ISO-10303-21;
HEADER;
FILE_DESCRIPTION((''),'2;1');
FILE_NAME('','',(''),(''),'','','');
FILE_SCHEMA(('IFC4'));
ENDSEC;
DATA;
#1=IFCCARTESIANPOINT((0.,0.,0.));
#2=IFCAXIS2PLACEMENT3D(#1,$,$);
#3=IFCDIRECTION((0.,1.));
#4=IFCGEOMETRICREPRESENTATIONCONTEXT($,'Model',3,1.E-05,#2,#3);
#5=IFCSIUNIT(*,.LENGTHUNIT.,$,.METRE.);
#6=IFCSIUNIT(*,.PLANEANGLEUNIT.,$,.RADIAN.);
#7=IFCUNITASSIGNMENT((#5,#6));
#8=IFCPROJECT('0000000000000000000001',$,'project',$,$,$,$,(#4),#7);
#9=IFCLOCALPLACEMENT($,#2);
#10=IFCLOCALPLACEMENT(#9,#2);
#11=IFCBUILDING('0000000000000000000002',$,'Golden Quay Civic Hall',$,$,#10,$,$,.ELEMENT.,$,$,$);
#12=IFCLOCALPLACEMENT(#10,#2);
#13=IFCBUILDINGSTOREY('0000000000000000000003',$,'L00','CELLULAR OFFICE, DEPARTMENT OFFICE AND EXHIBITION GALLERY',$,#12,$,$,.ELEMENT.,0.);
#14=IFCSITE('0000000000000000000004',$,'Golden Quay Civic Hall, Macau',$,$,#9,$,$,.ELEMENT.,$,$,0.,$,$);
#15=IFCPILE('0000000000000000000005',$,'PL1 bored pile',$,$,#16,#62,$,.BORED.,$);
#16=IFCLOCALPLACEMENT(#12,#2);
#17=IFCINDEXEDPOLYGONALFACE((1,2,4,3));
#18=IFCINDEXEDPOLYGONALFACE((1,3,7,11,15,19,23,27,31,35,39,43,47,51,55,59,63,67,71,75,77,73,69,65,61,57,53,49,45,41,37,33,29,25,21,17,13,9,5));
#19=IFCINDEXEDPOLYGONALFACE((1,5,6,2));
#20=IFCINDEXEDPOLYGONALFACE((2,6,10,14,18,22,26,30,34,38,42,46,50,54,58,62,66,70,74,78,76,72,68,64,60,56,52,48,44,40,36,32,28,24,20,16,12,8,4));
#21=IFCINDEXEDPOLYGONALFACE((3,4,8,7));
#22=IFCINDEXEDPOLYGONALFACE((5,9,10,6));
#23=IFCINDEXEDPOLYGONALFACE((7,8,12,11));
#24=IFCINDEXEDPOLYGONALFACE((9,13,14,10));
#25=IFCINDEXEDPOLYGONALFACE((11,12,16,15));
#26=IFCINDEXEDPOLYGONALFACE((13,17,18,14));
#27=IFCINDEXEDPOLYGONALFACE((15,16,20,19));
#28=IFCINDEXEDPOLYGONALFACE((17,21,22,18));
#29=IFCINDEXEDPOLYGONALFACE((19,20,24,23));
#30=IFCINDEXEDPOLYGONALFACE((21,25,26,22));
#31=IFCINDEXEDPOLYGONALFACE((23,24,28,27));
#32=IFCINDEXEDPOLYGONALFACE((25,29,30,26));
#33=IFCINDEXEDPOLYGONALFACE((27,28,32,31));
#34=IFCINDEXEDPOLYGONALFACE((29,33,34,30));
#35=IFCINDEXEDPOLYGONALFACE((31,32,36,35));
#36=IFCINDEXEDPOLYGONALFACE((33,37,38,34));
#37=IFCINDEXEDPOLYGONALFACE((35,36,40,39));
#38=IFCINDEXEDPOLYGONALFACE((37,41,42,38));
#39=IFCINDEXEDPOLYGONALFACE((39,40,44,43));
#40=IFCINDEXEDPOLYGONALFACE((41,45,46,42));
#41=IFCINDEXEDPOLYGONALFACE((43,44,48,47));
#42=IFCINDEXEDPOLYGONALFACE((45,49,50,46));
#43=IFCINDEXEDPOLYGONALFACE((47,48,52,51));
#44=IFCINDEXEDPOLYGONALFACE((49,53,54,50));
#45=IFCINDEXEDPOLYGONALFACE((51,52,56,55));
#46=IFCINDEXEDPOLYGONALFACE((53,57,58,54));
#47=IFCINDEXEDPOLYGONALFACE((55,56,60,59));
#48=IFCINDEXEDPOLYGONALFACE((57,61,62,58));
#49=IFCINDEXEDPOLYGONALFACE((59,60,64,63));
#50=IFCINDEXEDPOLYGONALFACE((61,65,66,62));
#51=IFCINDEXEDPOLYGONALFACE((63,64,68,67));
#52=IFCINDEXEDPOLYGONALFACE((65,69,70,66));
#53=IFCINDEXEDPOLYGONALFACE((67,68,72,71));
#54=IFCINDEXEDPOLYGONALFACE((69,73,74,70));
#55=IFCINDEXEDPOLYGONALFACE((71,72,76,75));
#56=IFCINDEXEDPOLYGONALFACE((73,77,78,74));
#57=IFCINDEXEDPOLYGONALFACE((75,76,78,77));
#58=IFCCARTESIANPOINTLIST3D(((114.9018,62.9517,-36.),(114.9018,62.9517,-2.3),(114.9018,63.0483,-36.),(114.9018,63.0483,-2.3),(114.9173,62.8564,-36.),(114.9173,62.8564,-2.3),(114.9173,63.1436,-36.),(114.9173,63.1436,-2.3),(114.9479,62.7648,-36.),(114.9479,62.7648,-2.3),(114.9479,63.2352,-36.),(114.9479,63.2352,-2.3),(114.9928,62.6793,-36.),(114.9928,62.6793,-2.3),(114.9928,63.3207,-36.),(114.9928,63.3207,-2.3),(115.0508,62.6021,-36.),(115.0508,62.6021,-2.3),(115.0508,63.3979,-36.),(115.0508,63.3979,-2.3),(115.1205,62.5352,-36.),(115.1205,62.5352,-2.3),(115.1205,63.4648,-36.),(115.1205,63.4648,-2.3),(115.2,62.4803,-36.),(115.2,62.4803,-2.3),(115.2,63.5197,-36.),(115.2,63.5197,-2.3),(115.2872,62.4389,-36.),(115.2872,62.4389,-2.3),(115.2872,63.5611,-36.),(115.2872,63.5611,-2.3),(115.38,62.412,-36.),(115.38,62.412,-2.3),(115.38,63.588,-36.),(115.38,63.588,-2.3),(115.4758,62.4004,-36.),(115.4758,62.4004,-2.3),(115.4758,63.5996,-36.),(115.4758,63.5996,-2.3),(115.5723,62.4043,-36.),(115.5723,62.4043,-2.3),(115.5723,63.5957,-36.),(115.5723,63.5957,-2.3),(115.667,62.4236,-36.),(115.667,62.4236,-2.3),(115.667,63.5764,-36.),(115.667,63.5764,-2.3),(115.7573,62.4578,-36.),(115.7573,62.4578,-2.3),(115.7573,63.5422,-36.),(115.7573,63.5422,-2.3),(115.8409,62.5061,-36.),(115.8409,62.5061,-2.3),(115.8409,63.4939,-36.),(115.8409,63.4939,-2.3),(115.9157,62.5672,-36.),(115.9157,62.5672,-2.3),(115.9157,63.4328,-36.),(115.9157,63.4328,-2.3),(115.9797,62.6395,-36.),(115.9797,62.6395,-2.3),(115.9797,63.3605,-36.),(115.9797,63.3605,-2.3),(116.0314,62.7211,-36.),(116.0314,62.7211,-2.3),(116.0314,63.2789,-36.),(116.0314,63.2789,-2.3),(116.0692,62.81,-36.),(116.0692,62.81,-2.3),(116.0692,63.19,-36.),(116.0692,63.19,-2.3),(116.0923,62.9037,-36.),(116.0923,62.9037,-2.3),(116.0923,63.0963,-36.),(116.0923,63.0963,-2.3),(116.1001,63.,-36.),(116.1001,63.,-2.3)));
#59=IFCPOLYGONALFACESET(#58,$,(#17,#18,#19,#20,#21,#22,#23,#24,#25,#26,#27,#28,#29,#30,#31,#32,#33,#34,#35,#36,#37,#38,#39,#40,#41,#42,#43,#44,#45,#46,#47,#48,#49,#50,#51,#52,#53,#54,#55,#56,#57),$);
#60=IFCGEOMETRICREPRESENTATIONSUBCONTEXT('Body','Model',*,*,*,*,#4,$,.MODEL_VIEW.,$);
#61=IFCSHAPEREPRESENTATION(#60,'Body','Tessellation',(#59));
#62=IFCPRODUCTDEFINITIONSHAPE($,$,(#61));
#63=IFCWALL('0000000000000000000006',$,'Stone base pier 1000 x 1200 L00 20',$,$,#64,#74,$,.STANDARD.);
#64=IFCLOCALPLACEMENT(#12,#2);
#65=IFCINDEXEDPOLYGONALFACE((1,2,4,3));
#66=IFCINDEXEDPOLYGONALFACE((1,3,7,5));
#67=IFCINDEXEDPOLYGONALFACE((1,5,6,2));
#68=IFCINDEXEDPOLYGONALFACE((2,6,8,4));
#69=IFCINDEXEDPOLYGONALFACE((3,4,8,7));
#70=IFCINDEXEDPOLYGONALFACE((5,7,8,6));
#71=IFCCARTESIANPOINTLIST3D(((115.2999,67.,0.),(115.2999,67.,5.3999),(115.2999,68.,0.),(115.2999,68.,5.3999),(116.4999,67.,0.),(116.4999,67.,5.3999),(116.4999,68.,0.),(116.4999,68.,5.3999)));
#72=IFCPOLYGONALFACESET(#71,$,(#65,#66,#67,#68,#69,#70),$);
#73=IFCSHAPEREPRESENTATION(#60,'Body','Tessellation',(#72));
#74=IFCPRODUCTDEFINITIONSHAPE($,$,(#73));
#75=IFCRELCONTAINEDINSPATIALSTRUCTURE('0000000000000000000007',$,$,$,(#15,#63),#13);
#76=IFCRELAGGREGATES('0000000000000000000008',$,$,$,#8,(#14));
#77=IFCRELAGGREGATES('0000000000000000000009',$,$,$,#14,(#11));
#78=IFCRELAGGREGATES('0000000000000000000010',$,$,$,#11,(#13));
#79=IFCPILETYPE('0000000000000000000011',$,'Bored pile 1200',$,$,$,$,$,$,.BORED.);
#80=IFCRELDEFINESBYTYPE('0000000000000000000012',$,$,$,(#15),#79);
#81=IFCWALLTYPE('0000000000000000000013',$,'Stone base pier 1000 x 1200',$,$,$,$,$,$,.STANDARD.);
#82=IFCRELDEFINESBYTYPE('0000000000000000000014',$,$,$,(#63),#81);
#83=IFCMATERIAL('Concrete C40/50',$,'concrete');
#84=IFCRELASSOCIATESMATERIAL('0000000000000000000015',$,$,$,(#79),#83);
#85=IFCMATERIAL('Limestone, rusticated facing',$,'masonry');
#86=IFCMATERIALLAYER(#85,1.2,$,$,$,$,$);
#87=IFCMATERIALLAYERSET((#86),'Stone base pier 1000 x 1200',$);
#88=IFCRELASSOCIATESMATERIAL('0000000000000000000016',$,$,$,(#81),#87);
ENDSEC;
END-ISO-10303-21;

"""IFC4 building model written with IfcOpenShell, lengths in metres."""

from ifc_helpers import new_model, si_unit, direction, frame, frame_2d, origin, origin_2d, place, context, subcontext, project, spatial, rectangle, circle, extrude, material, layer, layer_set, material_profile, profile_set, type_object, element, save


model = new_model("IFC4")

# Units and contexts
model_context = context("Model", 3, precision=1e-05, world=origin(), true_north=direction((0.0, 1.0)))
body_context = subcontext(model_context, "Body", "Model", "MODEL_VIEW")
ifc_project = project(units=[si_unit("LENGTHUNIT", "METRE"), si_unit("PLANEANGLEUNIT", "RADIAN")], contexts=[model_context])

# Site, building, storey
site_placement = place(None, origin())
site = spatial("IfcSite", under=ifc_project, at=site_placement, Name="Golden Quay Civic Hall, Macau", CompositionType="ELEMENT", RefElevation=0.0)
building_placement = place(site_placement, origin())
building = spatial("IfcBuilding", under=site, at=building_placement, Name="Golden Quay Civic Hall", CompositionType="ELEMENT")
storey_placement = place(building_placement, origin())
storey = spatial("IfcBuildingStorey", under=building, at=storey_placement, Name="L00", Description="CELLULAR OFFICE, DEPARTMENT OFFICE AND EXHIBITION GALLERY", CompositionType="ELEMENT", Elevation=0.0)

# Pile
ifc_material_1 = material(Name="Concrete C40/50", Category="concrete")
ifc_material_profile = material_profile(ifc_material_1, circle(Radius=0.6001, at=origin_2d()), Name="RC D1200")
ifc_profile_set = profile_set([ifc_material_profile], Name="Concrete C40/50")
pile_type = type_object("IfcPileType", Name="Bored pile 1200", PredefinedType="BORED", material=ifc_profile_set)
pile_placement = place(storey_placement, frame((115.5, 63.0, -2.3), z_axis=(0.0, 0.0, -1.0), x_axis=(1.0, 0.0, 0.0)))
element("IfcPile", 1, at=pile_placement, inside=storey, type_object=pile_type, Name="PL1 bored pile", PredefinedType="BORED", context=body_context, shape_type="SweptSolid", body=[
    extrude(circle(Radius=0.6001, at=origin_2d()), origin(), (0.0, 0.0, 1.0), 33.7),
])

# Wall
ifc_material_2 = material(Name="Limestone, rusticated facing", Category="masonry")
ifc_layer_1 = layer(ifc_material_2, 1.2)
ifc_layer_set_1 = layer_set([ifc_layer_1], Name="Stone base pier 1000 x 1200")
wall_type_1 = type_object("IfcWallType", Name="Stone base pier 1000 x 1200", PredefinedType="STANDARD", material=ifc_layer_set_1)
wall_1_placement = place(storey_placement, frame((115.8999, 67.0, 0.0), z_axis=(0.0, 0.0, 1.0), x_axis=(0.0, 1.0, 0.0)))
element("IfcWall", 2, at=wall_1_placement, inside=storey, type_object=wall_type_1, Name="Stone base pier 1000 x 1200 L00 20", PredefinedType="STANDARD", context=body_context, shape_type="SweptSolid", body=[
    extrude(rectangle(XDim=1.0, YDim=1.2, at=frame_2d((0.5, 0.0))), origin(), (0.0, 0.0, 1.0), 5.3999),
])

save(model, "model.ifc")
